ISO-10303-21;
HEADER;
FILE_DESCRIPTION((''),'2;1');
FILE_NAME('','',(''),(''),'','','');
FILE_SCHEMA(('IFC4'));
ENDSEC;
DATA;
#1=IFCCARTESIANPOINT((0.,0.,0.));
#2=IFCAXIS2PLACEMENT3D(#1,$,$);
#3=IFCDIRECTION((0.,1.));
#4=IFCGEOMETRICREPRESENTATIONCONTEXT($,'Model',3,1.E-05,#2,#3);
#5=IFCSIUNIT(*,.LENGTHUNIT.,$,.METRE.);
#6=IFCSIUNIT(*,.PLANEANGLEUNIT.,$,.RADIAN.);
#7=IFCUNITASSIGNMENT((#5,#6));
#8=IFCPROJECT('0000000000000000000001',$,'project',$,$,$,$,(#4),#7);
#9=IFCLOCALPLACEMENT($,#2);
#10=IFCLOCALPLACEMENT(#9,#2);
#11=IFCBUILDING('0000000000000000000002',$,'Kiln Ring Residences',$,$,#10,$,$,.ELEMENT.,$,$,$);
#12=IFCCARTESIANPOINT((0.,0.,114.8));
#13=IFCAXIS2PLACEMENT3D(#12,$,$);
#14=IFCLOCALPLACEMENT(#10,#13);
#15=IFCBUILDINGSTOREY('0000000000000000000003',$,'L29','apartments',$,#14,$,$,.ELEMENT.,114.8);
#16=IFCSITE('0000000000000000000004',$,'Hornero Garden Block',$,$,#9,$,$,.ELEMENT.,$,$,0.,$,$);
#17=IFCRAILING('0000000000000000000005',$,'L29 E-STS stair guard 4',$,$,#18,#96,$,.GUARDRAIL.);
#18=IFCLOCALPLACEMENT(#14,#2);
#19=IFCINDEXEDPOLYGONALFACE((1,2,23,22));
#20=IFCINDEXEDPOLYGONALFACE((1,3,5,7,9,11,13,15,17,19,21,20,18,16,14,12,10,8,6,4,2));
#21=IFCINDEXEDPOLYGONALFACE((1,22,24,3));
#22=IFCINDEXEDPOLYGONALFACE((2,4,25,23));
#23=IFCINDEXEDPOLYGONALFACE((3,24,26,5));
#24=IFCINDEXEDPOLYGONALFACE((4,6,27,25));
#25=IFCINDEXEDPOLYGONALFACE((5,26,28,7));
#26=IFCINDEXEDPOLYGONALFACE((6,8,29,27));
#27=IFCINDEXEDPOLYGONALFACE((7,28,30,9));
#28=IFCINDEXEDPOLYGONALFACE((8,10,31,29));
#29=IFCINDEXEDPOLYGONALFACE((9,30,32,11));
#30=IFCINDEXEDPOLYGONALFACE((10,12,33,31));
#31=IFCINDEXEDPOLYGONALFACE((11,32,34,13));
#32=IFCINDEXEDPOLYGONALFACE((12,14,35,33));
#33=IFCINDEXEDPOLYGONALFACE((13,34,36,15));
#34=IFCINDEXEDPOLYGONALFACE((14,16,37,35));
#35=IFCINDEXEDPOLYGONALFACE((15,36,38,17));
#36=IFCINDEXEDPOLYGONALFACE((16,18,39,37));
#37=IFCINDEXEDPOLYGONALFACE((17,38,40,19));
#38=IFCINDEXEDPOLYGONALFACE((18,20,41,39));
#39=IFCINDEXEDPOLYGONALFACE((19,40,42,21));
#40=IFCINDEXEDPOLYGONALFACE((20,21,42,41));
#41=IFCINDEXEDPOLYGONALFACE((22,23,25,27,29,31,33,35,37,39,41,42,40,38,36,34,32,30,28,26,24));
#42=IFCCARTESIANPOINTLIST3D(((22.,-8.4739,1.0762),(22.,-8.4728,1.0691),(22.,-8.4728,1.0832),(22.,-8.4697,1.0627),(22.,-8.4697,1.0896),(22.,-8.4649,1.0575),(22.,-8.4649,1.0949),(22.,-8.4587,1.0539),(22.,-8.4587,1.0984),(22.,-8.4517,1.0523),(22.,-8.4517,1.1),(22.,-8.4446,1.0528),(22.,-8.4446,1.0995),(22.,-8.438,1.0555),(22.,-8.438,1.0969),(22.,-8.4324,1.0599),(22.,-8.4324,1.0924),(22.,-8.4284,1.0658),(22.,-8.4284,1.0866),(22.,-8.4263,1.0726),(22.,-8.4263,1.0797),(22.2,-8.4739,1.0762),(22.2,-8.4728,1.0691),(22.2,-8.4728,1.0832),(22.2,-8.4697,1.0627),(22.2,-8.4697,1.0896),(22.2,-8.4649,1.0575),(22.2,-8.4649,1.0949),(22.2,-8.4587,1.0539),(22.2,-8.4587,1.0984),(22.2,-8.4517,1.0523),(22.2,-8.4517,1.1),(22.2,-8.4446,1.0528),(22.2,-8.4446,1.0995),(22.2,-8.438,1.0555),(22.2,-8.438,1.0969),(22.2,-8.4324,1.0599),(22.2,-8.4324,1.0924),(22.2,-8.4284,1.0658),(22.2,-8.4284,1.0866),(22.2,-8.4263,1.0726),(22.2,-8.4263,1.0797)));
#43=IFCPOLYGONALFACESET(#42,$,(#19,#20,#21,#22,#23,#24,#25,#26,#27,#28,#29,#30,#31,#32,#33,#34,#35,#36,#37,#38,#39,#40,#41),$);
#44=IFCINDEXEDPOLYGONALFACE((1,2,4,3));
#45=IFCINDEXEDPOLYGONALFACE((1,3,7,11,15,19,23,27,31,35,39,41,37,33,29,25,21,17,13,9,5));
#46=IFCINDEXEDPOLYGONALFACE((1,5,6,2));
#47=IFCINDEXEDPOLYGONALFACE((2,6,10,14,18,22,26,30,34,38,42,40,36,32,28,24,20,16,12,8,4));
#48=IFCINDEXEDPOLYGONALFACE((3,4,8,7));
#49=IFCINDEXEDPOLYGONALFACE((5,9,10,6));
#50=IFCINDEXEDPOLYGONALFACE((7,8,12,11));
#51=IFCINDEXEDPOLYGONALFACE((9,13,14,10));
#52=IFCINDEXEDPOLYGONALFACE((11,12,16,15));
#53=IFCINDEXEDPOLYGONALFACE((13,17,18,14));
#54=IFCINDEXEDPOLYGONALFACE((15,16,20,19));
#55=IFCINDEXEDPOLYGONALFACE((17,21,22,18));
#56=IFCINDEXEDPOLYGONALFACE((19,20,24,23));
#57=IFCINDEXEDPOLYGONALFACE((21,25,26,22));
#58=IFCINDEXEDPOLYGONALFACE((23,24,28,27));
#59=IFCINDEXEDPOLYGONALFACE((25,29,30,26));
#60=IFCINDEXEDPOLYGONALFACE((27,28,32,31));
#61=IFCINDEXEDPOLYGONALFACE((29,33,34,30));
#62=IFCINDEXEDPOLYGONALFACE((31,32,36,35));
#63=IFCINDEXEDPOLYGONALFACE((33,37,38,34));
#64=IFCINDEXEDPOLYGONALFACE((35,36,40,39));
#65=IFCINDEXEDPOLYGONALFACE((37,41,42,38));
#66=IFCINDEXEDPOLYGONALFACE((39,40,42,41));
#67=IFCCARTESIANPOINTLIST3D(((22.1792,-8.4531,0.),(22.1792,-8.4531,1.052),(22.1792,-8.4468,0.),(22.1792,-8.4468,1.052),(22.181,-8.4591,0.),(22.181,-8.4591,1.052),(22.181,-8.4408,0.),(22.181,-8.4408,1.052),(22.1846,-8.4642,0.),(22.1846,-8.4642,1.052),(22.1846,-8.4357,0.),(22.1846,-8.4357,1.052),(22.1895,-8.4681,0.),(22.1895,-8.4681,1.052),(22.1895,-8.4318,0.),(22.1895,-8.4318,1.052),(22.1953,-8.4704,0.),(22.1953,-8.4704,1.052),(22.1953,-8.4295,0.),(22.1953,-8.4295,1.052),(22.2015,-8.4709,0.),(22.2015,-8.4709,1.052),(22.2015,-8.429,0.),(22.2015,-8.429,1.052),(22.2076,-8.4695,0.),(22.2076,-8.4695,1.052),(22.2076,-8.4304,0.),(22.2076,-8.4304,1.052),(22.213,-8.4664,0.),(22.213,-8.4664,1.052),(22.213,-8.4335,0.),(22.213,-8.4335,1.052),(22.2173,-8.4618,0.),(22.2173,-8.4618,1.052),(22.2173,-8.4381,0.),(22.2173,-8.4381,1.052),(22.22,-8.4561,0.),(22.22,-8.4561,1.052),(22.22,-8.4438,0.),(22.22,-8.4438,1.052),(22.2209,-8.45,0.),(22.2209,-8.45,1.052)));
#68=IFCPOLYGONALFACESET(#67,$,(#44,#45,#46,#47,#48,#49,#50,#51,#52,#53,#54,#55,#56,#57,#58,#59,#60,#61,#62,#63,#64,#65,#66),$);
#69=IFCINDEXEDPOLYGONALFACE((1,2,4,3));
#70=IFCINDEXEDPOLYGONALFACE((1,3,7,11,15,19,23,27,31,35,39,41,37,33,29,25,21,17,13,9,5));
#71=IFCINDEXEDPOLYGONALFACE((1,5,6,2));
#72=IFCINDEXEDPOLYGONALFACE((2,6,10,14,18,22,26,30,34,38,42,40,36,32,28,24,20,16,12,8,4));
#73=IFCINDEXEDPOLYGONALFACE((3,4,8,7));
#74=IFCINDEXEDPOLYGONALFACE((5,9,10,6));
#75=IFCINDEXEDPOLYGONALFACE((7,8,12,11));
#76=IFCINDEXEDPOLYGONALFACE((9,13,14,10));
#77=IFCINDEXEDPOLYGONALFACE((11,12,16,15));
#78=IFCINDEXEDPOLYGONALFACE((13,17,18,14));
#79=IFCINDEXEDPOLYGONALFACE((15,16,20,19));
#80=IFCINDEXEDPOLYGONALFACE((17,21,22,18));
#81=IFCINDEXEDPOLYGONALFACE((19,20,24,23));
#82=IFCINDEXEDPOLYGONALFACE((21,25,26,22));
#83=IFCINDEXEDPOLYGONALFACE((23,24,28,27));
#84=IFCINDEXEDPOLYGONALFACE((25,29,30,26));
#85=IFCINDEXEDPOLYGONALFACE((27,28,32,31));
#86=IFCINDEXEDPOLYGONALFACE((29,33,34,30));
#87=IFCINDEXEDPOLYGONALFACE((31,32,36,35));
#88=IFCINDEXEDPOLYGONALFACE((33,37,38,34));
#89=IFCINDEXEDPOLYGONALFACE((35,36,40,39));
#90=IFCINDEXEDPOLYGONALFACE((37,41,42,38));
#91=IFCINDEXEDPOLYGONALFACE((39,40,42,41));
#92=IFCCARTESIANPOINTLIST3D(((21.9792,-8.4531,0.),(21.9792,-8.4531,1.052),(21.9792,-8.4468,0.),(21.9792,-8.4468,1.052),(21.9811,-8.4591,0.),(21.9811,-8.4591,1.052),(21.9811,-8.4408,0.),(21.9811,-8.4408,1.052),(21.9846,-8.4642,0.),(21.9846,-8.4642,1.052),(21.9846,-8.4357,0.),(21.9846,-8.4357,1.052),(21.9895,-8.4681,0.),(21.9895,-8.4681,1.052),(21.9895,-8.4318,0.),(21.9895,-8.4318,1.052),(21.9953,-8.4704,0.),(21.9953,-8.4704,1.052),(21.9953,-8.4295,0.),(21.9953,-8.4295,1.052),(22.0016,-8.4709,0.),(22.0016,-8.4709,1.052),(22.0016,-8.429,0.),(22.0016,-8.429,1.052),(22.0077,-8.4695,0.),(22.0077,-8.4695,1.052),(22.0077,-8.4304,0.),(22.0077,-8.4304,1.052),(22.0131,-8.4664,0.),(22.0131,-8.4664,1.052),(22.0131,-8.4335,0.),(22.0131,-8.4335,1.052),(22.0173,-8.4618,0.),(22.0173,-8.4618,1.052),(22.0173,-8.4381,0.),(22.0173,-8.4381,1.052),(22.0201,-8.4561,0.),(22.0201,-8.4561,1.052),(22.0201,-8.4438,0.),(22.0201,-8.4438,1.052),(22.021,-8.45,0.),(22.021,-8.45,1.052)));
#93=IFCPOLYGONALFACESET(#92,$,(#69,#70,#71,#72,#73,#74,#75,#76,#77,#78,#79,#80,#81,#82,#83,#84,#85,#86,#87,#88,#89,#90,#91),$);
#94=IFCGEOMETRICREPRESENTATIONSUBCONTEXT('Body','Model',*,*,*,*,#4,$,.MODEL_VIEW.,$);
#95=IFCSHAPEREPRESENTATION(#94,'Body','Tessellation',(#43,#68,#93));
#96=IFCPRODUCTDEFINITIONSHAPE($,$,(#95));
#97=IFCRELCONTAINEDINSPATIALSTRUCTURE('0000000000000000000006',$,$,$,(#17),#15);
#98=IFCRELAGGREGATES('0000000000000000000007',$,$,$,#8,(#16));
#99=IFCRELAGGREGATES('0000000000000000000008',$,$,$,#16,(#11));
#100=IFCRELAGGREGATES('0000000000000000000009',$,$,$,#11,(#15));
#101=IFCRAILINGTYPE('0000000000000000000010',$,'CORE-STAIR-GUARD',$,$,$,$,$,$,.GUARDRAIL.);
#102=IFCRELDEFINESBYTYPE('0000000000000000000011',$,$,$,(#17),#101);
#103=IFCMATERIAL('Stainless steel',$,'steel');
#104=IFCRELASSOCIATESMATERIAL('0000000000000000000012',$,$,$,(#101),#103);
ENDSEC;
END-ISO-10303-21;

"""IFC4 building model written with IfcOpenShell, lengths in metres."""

from ifc_helpers import new_model, si_unit, direction, frame, origin, origin_2d, place, context, subcontext, project, spatial, circle, extrude, material, type_object, element, save


model = new_model("IFC4")

# Units and contexts
model_context = context("Model", 3, precision=1e-05, world=origin(), true_north=direction((0.0, 1.0)))
body_context = subcontext(model_context, "Body", "Model", "MODEL_VIEW")
ifc_project = project(units=[si_unit("LENGTHUNIT", "METRE"), si_unit("PLANEANGLEUNIT", "RADIAN")], contexts=[model_context])

# Site, building, storey
site_placement = place(None, origin())
site = spatial("IfcSite", under=ifc_project, at=site_placement, Name="Hornero Garden Block", CompositionType="ELEMENT", RefElevation=0.0)
building_placement = place(site_placement, origin())
building = spatial("IfcBuilding", under=site, at=building_placement, Name="Kiln Ring Residences", CompositionType="ELEMENT")
storey_placement = place(building_placement, frame((0.0, 0.0, 114.8)))
storey = spatial("IfcBuildingStorey", under=building, at=storey_placement, Name="L29", Description="apartments", CompositionType="ELEMENT", Elevation=114.8)

# Railing
ifc_material_1 = material(Name="Stainless steel", Category="steel")
railing_type_1 = type_object("IfcRailingType", Name="CORE-STAIR-GUARD", PredefinedType="GUARDRAIL", material=ifc_material_1)
railing_1_placement = place(storey_placement, frame((22.2, -8.45, 0.0)))
element("IfcRailing", 1, at=railing_1_placement, inside=storey, type_object=railing_type_1, Name="L29 E-STS stair guard 4", PredefinedType="GUARDRAIL", context=body_context, shape_type="SweptSolid", body=[
    extrude(circle(Radius=0.0239, at=origin_2d()), frame((0.0, 0.0, 1.0762), z_axis=(-1.0, 0.0, 0.0), x_axis=(0.0, -1.0, 0.0)), (0.0, 0.0, 1.0), 0.2),
    extrude(circle(Radius=0.021, at=origin_2d()), origin(), (0.0, 0.0, 1.0), 1.052),
    extrude(circle(Radius=0.021, at=origin_2d()), frame((-0.2, 0.0, 0.0)), (0.0, 0.0, 1.0), 1.052),
])

save(model, "model.ifc")
